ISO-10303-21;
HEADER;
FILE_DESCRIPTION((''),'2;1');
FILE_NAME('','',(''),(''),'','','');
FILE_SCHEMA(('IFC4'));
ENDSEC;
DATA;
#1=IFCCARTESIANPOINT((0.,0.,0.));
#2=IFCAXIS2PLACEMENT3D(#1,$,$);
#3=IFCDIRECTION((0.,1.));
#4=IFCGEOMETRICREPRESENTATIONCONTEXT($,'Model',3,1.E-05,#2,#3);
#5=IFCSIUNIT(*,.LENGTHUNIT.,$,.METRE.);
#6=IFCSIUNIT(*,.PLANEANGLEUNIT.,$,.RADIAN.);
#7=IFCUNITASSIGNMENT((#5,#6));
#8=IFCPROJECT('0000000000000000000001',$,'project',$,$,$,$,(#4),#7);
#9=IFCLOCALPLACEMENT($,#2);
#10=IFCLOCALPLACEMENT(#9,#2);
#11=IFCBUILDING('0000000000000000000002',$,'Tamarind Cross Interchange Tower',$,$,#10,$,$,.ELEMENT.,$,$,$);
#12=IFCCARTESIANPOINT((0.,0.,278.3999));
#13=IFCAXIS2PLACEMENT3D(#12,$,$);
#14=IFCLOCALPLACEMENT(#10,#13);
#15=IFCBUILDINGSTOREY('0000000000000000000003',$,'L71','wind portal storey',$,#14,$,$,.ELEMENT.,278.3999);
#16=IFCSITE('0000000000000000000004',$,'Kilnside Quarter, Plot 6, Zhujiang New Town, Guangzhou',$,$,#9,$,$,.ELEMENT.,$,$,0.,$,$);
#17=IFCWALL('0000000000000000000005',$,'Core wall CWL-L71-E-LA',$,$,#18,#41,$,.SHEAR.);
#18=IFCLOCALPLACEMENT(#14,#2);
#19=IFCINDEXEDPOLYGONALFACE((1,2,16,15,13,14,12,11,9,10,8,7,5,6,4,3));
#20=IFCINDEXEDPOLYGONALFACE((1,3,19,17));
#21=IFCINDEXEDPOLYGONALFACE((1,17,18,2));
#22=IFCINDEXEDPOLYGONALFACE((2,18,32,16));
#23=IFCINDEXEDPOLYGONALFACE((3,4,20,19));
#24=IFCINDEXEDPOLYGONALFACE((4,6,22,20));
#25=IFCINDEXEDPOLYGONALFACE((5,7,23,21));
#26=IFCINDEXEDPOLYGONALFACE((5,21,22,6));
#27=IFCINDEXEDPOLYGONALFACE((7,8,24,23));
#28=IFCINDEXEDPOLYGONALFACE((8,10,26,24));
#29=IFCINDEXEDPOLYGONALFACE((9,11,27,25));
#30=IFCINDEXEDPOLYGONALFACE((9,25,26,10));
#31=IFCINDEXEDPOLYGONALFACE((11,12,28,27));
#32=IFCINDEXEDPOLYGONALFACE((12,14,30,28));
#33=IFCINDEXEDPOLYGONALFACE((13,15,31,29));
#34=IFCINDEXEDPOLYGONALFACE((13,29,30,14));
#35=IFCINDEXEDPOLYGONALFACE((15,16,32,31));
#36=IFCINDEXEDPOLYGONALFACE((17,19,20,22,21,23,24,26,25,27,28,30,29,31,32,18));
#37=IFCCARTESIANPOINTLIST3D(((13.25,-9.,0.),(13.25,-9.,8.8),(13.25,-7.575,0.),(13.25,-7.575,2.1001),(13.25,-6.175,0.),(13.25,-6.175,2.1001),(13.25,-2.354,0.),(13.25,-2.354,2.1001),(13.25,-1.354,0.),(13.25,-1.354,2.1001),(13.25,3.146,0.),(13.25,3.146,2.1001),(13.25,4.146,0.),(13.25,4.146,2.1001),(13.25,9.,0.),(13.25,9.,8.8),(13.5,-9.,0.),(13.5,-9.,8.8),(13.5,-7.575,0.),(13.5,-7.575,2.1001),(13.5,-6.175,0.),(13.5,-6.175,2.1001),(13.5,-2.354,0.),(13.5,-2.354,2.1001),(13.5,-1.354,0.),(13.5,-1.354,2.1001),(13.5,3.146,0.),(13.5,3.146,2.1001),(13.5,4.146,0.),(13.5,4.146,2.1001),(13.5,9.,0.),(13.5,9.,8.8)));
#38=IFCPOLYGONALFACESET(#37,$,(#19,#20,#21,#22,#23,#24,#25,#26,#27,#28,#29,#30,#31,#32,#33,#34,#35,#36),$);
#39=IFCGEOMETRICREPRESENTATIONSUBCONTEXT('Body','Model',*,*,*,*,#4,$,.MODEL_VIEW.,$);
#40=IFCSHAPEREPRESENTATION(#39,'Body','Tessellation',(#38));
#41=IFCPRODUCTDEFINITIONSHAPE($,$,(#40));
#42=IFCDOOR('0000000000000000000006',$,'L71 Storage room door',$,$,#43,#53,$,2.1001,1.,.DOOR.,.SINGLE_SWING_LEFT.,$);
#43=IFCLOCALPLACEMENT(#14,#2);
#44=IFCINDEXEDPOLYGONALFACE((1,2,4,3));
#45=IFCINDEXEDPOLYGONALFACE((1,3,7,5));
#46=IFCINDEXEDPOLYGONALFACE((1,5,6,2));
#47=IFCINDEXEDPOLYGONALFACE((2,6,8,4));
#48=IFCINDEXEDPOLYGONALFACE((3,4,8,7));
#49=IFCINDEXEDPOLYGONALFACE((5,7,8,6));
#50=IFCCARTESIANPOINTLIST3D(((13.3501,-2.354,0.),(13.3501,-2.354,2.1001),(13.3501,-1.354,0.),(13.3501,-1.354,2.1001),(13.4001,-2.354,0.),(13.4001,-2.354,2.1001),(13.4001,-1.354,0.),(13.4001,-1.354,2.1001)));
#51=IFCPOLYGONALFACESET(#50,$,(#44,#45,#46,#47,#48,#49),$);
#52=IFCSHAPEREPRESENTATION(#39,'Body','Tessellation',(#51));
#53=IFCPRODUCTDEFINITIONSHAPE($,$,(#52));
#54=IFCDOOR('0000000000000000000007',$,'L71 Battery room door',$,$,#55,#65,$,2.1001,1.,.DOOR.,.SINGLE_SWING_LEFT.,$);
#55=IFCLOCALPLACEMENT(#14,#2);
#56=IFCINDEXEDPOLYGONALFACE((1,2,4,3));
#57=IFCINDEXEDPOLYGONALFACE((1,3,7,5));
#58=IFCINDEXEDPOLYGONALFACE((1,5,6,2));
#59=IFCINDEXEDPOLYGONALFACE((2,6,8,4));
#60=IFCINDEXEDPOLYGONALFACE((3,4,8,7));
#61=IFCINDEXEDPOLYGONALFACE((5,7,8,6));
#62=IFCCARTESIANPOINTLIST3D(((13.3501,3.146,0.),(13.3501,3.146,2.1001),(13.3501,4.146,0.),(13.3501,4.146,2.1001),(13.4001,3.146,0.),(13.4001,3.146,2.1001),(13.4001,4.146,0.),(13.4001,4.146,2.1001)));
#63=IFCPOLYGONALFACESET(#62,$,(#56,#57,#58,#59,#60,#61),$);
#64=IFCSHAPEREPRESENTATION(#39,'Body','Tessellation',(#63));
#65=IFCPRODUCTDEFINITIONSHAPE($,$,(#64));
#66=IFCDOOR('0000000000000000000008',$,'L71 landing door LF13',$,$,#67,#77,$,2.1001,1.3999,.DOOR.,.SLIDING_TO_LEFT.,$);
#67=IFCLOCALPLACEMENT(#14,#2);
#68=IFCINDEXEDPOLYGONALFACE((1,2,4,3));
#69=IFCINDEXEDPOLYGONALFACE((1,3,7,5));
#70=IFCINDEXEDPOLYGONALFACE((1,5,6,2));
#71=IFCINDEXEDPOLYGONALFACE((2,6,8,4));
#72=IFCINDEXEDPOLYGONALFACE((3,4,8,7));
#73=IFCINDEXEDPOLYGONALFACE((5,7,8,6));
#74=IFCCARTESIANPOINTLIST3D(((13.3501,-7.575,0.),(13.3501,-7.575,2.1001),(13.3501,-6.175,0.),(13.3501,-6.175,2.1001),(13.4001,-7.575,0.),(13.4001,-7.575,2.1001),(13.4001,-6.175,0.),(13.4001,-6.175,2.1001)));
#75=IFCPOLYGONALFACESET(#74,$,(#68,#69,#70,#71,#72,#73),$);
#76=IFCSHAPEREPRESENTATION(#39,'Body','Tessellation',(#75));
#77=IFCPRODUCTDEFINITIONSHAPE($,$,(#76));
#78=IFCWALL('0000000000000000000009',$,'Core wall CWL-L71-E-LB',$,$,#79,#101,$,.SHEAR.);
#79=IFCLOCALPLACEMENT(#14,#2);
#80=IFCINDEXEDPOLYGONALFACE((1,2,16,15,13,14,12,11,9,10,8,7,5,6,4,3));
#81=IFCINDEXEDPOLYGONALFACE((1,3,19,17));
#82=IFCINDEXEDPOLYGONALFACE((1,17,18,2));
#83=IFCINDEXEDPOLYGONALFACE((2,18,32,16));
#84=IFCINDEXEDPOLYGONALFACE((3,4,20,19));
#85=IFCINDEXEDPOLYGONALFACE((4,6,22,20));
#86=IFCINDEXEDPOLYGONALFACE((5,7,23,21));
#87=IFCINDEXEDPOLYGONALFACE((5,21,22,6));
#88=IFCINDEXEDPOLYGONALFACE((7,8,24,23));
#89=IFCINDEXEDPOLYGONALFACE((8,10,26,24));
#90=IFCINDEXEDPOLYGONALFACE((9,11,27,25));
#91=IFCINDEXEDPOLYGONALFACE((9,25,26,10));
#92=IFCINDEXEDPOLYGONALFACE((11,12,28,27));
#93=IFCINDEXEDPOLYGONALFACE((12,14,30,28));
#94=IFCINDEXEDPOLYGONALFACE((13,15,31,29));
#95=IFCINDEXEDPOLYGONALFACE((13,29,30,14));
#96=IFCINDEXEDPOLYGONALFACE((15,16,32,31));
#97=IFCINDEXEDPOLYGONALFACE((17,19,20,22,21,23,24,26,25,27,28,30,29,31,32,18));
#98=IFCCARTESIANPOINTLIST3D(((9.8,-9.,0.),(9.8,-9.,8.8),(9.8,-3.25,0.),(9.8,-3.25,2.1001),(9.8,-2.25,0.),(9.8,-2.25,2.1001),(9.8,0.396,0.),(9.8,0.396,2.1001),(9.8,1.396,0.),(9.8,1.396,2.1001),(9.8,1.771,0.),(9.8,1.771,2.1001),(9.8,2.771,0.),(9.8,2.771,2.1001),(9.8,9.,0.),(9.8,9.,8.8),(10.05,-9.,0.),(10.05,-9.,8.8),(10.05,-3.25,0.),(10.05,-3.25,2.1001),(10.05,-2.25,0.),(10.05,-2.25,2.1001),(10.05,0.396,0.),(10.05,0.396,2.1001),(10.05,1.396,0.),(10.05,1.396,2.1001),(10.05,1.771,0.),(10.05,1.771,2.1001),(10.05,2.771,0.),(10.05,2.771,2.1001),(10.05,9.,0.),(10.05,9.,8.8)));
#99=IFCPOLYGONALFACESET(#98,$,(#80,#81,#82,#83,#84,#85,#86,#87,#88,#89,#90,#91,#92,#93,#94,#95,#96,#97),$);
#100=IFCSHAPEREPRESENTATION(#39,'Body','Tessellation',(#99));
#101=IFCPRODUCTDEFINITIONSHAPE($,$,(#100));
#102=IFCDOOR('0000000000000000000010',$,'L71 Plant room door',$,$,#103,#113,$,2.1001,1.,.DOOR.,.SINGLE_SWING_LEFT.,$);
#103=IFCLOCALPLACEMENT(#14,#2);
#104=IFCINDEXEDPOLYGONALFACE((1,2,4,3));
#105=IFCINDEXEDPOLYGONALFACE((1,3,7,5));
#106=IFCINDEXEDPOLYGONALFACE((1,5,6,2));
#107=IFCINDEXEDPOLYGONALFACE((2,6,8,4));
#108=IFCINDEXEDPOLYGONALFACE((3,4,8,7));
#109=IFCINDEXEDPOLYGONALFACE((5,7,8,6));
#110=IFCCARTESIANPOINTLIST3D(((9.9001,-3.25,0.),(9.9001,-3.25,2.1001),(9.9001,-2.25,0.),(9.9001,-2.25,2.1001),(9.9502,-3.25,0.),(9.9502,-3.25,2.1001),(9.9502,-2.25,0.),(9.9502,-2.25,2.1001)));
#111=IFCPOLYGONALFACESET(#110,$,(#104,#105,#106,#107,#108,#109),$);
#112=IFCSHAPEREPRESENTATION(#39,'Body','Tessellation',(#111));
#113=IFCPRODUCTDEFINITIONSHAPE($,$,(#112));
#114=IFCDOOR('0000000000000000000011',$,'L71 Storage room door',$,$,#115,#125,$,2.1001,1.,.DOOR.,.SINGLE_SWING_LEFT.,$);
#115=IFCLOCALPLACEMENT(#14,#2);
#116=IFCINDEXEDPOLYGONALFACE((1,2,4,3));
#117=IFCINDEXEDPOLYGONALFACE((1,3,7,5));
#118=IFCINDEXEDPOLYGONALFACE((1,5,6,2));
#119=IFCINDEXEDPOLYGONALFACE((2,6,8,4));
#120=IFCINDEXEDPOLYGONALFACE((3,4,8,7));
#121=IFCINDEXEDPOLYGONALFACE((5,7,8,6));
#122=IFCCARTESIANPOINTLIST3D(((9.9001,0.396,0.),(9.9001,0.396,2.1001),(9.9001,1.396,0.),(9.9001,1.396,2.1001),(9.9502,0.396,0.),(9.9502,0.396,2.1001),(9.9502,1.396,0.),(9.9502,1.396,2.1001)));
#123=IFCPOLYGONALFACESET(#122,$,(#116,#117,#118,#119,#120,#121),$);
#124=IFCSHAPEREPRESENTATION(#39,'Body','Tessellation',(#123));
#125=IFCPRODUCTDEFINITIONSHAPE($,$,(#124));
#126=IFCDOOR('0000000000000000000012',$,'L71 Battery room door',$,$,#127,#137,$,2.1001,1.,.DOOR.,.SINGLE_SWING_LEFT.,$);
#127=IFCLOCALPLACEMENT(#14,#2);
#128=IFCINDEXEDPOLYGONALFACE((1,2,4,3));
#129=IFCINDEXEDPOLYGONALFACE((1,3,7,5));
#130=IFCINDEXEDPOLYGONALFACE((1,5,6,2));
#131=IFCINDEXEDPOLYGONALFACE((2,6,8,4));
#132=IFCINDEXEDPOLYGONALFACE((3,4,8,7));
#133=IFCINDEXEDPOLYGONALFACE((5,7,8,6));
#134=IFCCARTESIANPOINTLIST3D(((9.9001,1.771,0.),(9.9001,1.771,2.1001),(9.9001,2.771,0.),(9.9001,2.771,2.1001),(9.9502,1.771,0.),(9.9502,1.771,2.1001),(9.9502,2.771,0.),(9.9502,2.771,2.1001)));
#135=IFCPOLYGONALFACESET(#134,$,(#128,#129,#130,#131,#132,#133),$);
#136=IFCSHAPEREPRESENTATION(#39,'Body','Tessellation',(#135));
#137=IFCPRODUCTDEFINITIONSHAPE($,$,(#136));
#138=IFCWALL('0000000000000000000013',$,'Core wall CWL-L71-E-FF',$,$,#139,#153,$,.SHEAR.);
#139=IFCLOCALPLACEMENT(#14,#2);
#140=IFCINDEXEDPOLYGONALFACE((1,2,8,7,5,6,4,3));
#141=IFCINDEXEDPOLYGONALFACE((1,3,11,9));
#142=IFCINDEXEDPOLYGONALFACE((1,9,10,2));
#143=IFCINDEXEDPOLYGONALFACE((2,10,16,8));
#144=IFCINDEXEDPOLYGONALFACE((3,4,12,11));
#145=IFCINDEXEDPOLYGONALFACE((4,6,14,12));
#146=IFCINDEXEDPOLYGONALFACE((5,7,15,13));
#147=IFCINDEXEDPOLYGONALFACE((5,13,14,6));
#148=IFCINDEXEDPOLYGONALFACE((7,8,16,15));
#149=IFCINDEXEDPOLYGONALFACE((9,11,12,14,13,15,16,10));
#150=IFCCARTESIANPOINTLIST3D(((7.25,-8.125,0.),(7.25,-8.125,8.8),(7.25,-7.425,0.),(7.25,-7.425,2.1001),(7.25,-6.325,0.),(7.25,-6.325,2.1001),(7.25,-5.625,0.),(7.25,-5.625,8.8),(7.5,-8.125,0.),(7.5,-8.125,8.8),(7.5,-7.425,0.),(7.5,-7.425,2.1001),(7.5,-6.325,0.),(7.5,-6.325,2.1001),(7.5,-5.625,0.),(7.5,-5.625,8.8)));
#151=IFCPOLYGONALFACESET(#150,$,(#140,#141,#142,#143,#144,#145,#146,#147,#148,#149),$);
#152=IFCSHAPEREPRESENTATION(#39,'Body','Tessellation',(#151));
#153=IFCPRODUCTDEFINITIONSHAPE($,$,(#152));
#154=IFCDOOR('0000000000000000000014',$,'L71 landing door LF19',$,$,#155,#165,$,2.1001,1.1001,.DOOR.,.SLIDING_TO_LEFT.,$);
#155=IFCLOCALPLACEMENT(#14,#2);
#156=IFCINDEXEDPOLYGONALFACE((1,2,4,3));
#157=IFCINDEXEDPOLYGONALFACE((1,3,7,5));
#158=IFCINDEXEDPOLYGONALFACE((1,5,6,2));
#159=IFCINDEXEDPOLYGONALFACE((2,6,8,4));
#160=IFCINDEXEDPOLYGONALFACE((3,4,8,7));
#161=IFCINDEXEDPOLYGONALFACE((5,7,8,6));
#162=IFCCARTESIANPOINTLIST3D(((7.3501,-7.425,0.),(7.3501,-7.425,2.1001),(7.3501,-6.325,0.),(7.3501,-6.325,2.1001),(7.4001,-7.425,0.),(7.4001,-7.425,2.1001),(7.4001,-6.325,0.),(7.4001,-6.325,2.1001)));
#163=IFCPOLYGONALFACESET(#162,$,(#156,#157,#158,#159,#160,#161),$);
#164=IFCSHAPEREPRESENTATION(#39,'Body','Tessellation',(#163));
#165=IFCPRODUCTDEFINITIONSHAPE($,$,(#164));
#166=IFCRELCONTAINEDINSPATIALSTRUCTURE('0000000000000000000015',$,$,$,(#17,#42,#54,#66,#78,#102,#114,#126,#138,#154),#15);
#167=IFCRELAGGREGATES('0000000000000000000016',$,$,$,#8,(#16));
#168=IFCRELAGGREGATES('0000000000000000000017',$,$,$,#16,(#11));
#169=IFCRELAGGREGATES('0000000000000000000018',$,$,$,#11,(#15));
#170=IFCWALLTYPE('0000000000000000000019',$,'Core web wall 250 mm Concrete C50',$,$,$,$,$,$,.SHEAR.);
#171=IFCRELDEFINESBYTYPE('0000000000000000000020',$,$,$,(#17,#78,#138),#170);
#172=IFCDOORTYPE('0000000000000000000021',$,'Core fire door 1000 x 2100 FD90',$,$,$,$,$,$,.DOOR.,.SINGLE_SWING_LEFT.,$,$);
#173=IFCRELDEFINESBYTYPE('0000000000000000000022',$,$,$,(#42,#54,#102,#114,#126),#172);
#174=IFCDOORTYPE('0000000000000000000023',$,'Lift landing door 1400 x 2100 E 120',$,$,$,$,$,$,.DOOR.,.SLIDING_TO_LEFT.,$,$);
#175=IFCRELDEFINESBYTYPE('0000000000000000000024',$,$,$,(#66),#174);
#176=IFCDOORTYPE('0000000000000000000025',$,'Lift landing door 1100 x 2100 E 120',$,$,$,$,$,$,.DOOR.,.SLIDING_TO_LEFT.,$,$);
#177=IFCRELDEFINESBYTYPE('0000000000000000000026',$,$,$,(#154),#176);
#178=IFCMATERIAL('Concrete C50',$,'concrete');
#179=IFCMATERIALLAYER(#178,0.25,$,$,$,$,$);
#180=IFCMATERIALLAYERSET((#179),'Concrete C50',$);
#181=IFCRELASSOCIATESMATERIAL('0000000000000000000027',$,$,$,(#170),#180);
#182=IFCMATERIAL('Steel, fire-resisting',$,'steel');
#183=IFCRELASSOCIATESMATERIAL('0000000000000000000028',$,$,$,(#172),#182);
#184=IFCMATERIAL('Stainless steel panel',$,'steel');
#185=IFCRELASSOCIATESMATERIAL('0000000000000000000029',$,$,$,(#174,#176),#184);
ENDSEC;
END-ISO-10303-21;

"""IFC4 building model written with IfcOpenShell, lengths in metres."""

from ifc_helpers import new_model, si_unit, direction, frame, frame_2d, origin, place, context, subcontext, project, spatial, rectangle, extrude, material, layer, layer_set, type_object, element, fill, save


model = new_model("IFC4")

# Units and contexts
model_context = context("Model", 3, precision=1e-05, world=origin(), true_north=direction((0.0, 1.0)))
body_context = subcontext(model_context, "Body", "Model", "MODEL_VIEW")
ifc_project = project(units=[si_unit("LENGTHUNIT", "METRE"), si_unit("PLANEANGLEUNIT", "RADIAN")], contexts=[model_context])

# Site, building, storey
site_placement = place(None, origin())
site = spatial("IfcSite", under=ifc_project, at=site_placement, Name="Kilnside Quarter, Plot 6, Zhujiang New Town, Guangzhou", CompositionType="ELEMENT", RefElevation=0.0)
building_placement = place(site_placement, origin())
building = spatial("IfcBuilding", under=site, at=building_placement, Name="Tamarind Cross Interchange Tower", CompositionType="ELEMENT")
storey_placement = place(building_placement, frame((0.0, 0.0, 278.3999)))
storey = spatial("IfcBuildingStorey", under=building, at=storey_placement, Name="L71", Description="wind portal storey", CompositionType="ELEMENT", Elevation=278.3999)

# Shared definitions
ifc_material_1 = material(Name="Concrete C50", Category="concrete")
ifc_layer = layer(ifc_material_1, 0.25)
ifc_layer_set = layer_set([ifc_layer], Name="Concrete C50")
wall_type = type_object("IfcWallType", Name="Core web wall 250 mm Concrete C50", PredefinedType="SHEAR", material=ifc_layer_set)

# Walls, openings, doors
wall_1_placement = place(storey_placement, frame((13.375, -9.0, 0.0), z_axis=(0.0, 0.0, 1.0), x_axis=(0.0, 1.0, 0.0)))
wall_1 = element("IfcWall", 1, at=wall_1_placement, inside=storey, type_object=wall_type, Name="Core wall CWL-L71-E-LA", PredefinedType="SHEAR", context=body_context, shape_type="SweptSolid", body=[
    extrude(rectangle(XDim=18.0, YDim=0.25, at=frame_2d((9.0, 0.0))), origin(), (0.0, 0.0, 1.0), 8.8),
])
opening_1_placement = place(wall_1_placement, frame((1.425, 0.0, 0.0)))
opening_1 = element("IfcOpeningElement", 2, at=opening_1_placement, cuts=wall_1, PredefinedType="OPENING", context=body_context, shape_type="SweptSolid", body=[
    extrude(rectangle(XDim=1.3999, YDim=2.1001, at=frame_2d((0.7, 1.05))), frame((0.0, 0.135, 0.0), z_axis=(0.0, -1.0, 0.0), x_axis=(1.0, 0.0, 0.0)), (0.0, 0.0, 1.0), 0.27),
])
opening_2_placement = place(wall_1_placement, frame((6.646, 0.0, 0.0)))
opening_2 = element("IfcOpeningElement", 3, at=opening_2_placement, cuts=wall_1, PredefinedType="OPENING", context=body_context, shape_type="SweptSolid", body=[
    extrude(rectangle(XDim=1.0, YDim=2.1001, at=frame_2d((0.5, 1.05))), frame((0.0, 0.135, 0.0), z_axis=(0.0, -1.0, 0.0), x_axis=(1.0, 0.0, 0.0)), (0.0, 0.0, 1.0), 0.27),
])
opening_3_placement = place(wall_1_placement, frame((12.146, 0.0, 0.0)))
opening_3 = element("IfcOpeningElement", 4, at=opening_3_placement, cuts=wall_1, PredefinedType="OPENING", context=body_context, shape_type="SweptSolid", body=[
    extrude(rectangle(XDim=1.0, YDim=2.1001, at=frame_2d((0.5, 1.05))), frame((0.0, 0.135, 0.0), z_axis=(0.0, -1.0, 0.0), x_axis=(1.0, 0.0, 0.0)), (0.0, 0.0, 1.0), 0.27),
])
ifc_material_2 = material(Name="Steel, fire-resisting", Category="steel")
door_type_1 = type_object("IfcDoorType", Name="Core fire door 1000 x 2100 FD90", OperationType="SINGLE_SWING_LEFT", PredefinedType="DOOR", material=ifc_material_2)
door_1_placement = place(opening_2_placement, origin())
door_1 = element("IfcDoor", 5, at=door_1_placement, inside=storey, type_object=door_type_1, Name="L71 Storage room door", OperationType="SINGLE_SWING_LEFT", OverallHeight=2.1001, OverallWidth=1.0, PredefinedType="DOOR", context=body_context, shape_type="SweptSolid", body=[
    extrude(rectangle(XDim=1.0, YDim=2.1001, at=frame_2d((0.5, 1.05))), frame((0.0, 0.0249, 0.0), z_axis=(0.0, -1.0, 0.0), x_axis=(1.0, 0.0, 0.0)), (0.0, 0.0, 1.0), 0.05),
])
fill(opening_2, door_1)
door_2_placement = place(opening_3_placement, origin())
door_2 = element("IfcDoor", 6, at=door_2_placement, inside=storey, type_object=door_type_1, Name="L71 Battery room door", OperationType="SINGLE_SWING_LEFT", OverallHeight=2.1001, OverallWidth=1.0, PredefinedType="DOOR", context=body_context, shape_type="SweptSolid", body=[
    extrude(rectangle(XDim=1.0, YDim=2.1001, at=frame_2d((0.5, 1.05))), frame((0.0, 0.0249, 0.0), z_axis=(0.0, -1.0, 0.0), x_axis=(1.0, 0.0, 0.0)), (0.0, 0.0, 1.0), 0.05),
])
fill(opening_3, door_2)
ifc_material_3 = material(Name="Stainless steel panel", Category="steel")
door_type_2 = type_object("IfcDoorType", Name="Lift landing door 1400 x 2100 E 120", OperationType="SLIDING_TO_LEFT", PredefinedType="DOOR", material=ifc_material_3)
door_3_placement = place(opening_1_placement, origin())
door_3 = element("IfcDoor", 7, at=door_3_placement, inside=storey, type_object=door_type_2, Name="L71 landing door LF13", OperationType="SLIDING_TO_LEFT", OverallHeight=2.1001, OverallWidth=1.3999, PredefinedType="DOOR", context=body_context, shape_type="SweptSolid", body=[
    extrude(rectangle(XDim=1.3999, YDim=2.1001, at=frame_2d((0.7, 1.05))), frame((0.0, 0.0249, 0.0), z_axis=(0.0, -1.0, 0.0), x_axis=(1.0, 0.0, 0.0)), (0.0, 0.0, 1.0), 0.05),
])
fill(opening_1, door_3)
wall_2_placement = place(storey_placement, frame((9.925, -9.0, 0.0), z_axis=(0.0, 0.0, 1.0), x_axis=(0.0, 1.0, 0.0)))
wall_2 = element("IfcWall", 8, at=wall_2_placement, inside=storey, type_object=wall_type, Name="Core wall CWL-L71-E-LB", PredefinedType="SHEAR", context=body_context, shape_type="SweptSolid", body=[
    extrude(rectangle(XDim=18.0, YDim=0.25, at=frame_2d((9.0, 0.0))), origin(), (0.0, 0.0, 1.0), 8.8),
])
opening_4_placement = place(wall_2_placement, frame((5.75, 0.0, 0.0)))
opening_4 = element("IfcOpeningElement", 9, at=opening_4_placement, cuts=wall_2, PredefinedType="OPENING", context=body_context, shape_type="SweptSolid", body=[
    extrude(rectangle(XDim=1.0, YDim=2.1001, at=frame_2d((0.5, 1.05))), frame((0.0, 0.135, 0.0), z_axis=(0.0, -1.0, 0.0), x_axis=(1.0, 0.0, 0.0)), (0.0, 0.0, 1.0), 0.27),
])
opening_5_placement = place(wall_2_placement, frame((9.396, 0.0, 0.0)))
opening_5 = element("IfcOpeningElement", 10, at=opening_5_placement, cuts=wall_2, PredefinedType="OPENING", context=body_context, shape_type="SweptSolid", body=[
    extrude(rectangle(XDim=1.0, YDim=2.1001, at=frame_2d((0.5, 1.05))), frame((0.0, 0.135, 0.0), z_axis=(0.0, -1.0, 0.0), x_axis=(1.0, 0.0, 0.0)), (0.0, 0.0, 1.0), 0.27),
])
opening_6_placement = place(wall_2_placement, frame((10.771, 0.0, 0.0)))
opening_6 = element("IfcOpeningElement", 11, at=opening_6_placement, cuts=wall_2, PredefinedType="OPENING", context=body_context, shape_type="SweptSolid", body=[
    extrude(rectangle(XDim=1.0, YDim=2.1001, at=frame_2d((0.5, 1.05))), frame((0.0, 0.135, 0.0), z_axis=(0.0, -1.0, 0.0), x_axis=(1.0, 0.0, 0.0)), (0.0, 0.0, 1.0), 0.27),
])
door_4_placement = place(opening_4_placement, origin())
door_4 = element("IfcDoor", 12, at=door_4_placement, inside=storey, type_object=door_type_1, Name="L71 Plant room door", OperationType="SINGLE_SWING_LEFT", OverallHeight=2.1001, OverallWidth=1.0, PredefinedType="DOOR", context=body_context, shape_type="SweptSolid", body=[
    extrude(rectangle(XDim=1.0, YDim=2.1001, at=frame_2d((0.5, 1.05))), frame((0.0, 0.0249, 0.0), z_axis=(0.0, -1.0, 0.0), x_axis=(1.0, 0.0, 0.0)), (0.0, 0.0, 1.0), 0.05),
])
fill(opening_4, door_4)
door_5_placement = place(opening_5_placement, origin())
door_5 = element("IfcDoor", 13, at=door_5_placement, inside=storey, type_object=door_type_1, Name="L71 Storage room door", OperationType="SINGLE_SWING_LEFT", OverallHeight=2.1001, OverallWidth=1.0, PredefinedType="DOOR", context=body_context, shape_type="SweptSolid", body=[
    extrude(rectangle(XDim=1.0, YDim=2.1001, at=frame_2d((0.5, 1.05))), frame((0.0, 0.0249, 0.0), z_axis=(0.0, -1.0, 0.0), x_axis=(1.0, 0.0, 0.0)), (0.0, 0.0, 1.0), 0.05),
])
fill(opening_5, door_5)
door_6_placement = place(opening_6_placement, origin())
door_6 = element("IfcDoor", 14, at=door_6_placement, inside=storey, type_object=door_type_1, Name="L71 Battery room door", OperationType="SINGLE_SWING_LEFT", OverallHeight=2.1001, OverallWidth=1.0, PredefinedType="DOOR", context=body_context, shape_type="SweptSolid", body=[
    extrude(rectangle(XDim=1.0, YDim=2.1001, at=frame_2d((0.5, 1.05))), frame((0.0, 0.0249, 0.0), z_axis=(0.0, -1.0, 0.0), x_axis=(1.0, 0.0, 0.0)), (0.0, 0.0, 1.0), 0.05),
])
fill(opening_6, door_6)

# Wall, opening, door
wall_3_placement = place(storey_placement, frame((7.375, -8.125, 0.0), z_axis=(0.0, 0.0, 1.0), x_axis=(0.0, 1.0, 0.0)))
wall_3 = element("IfcWall", 15, at=wall_3_placement, inside=storey, type_object=wall_type, Name="Core wall CWL-L71-E-FF", PredefinedType="SHEAR", context=body_context, shape_type="SweptSolid", body=[
    extrude(rectangle(XDim=2.5, YDim=0.25, at=frame_2d((1.25, 0.0))), origin(), (0.0, 0.0, 1.0), 8.8),
])
opening_7_placement = place(wall_3_placement, frame((0.7, 0.0, 0.0)))
opening_7 = element("IfcOpeningElement", 16, at=opening_7_placement, cuts=wall_3, PredefinedType="OPENING", context=body_context, shape_type="SweptSolid", body=[
    extrude(rectangle(XDim=1.1001, YDim=2.1001, at=frame_2d((0.55, 1.05))), frame((0.0, 0.135, 0.0), z_axis=(0.0, -1.0, 0.0), x_axis=(1.0, 0.0, 0.0)), (0.0, 0.0, 1.0), 0.27),
])
door_type_3 = type_object("IfcDoorType", Name="Lift landing door 1100 x 2100 E 120", OperationType="SLIDING_TO_LEFT", PredefinedType="DOOR", material=ifc_material_3)
door_7_placement = place(opening_7_placement, origin())
door_7 = element("IfcDoor", 17, at=door_7_placement, inside=storey, type_object=door_type_3, Name="L71 landing door LF19", OperationType="SLIDING_TO_LEFT", OverallHeight=2.1001, OverallWidth=1.1001, PredefinedType="DOOR", context=body_context, shape_type="SweptSolid", body=[
    extrude(rectangle(XDim=1.1001, YDim=2.1001, at=frame_2d((0.55, 1.05))), frame((0.0, 0.0249, 0.0), z_axis=(0.0, -1.0, 0.0), x_axis=(1.0, 0.0, 0.0)), (0.0, 0.0, 1.0), 0.05),
])
fill(opening_7, door_7)

save(model, "model.ifc")
